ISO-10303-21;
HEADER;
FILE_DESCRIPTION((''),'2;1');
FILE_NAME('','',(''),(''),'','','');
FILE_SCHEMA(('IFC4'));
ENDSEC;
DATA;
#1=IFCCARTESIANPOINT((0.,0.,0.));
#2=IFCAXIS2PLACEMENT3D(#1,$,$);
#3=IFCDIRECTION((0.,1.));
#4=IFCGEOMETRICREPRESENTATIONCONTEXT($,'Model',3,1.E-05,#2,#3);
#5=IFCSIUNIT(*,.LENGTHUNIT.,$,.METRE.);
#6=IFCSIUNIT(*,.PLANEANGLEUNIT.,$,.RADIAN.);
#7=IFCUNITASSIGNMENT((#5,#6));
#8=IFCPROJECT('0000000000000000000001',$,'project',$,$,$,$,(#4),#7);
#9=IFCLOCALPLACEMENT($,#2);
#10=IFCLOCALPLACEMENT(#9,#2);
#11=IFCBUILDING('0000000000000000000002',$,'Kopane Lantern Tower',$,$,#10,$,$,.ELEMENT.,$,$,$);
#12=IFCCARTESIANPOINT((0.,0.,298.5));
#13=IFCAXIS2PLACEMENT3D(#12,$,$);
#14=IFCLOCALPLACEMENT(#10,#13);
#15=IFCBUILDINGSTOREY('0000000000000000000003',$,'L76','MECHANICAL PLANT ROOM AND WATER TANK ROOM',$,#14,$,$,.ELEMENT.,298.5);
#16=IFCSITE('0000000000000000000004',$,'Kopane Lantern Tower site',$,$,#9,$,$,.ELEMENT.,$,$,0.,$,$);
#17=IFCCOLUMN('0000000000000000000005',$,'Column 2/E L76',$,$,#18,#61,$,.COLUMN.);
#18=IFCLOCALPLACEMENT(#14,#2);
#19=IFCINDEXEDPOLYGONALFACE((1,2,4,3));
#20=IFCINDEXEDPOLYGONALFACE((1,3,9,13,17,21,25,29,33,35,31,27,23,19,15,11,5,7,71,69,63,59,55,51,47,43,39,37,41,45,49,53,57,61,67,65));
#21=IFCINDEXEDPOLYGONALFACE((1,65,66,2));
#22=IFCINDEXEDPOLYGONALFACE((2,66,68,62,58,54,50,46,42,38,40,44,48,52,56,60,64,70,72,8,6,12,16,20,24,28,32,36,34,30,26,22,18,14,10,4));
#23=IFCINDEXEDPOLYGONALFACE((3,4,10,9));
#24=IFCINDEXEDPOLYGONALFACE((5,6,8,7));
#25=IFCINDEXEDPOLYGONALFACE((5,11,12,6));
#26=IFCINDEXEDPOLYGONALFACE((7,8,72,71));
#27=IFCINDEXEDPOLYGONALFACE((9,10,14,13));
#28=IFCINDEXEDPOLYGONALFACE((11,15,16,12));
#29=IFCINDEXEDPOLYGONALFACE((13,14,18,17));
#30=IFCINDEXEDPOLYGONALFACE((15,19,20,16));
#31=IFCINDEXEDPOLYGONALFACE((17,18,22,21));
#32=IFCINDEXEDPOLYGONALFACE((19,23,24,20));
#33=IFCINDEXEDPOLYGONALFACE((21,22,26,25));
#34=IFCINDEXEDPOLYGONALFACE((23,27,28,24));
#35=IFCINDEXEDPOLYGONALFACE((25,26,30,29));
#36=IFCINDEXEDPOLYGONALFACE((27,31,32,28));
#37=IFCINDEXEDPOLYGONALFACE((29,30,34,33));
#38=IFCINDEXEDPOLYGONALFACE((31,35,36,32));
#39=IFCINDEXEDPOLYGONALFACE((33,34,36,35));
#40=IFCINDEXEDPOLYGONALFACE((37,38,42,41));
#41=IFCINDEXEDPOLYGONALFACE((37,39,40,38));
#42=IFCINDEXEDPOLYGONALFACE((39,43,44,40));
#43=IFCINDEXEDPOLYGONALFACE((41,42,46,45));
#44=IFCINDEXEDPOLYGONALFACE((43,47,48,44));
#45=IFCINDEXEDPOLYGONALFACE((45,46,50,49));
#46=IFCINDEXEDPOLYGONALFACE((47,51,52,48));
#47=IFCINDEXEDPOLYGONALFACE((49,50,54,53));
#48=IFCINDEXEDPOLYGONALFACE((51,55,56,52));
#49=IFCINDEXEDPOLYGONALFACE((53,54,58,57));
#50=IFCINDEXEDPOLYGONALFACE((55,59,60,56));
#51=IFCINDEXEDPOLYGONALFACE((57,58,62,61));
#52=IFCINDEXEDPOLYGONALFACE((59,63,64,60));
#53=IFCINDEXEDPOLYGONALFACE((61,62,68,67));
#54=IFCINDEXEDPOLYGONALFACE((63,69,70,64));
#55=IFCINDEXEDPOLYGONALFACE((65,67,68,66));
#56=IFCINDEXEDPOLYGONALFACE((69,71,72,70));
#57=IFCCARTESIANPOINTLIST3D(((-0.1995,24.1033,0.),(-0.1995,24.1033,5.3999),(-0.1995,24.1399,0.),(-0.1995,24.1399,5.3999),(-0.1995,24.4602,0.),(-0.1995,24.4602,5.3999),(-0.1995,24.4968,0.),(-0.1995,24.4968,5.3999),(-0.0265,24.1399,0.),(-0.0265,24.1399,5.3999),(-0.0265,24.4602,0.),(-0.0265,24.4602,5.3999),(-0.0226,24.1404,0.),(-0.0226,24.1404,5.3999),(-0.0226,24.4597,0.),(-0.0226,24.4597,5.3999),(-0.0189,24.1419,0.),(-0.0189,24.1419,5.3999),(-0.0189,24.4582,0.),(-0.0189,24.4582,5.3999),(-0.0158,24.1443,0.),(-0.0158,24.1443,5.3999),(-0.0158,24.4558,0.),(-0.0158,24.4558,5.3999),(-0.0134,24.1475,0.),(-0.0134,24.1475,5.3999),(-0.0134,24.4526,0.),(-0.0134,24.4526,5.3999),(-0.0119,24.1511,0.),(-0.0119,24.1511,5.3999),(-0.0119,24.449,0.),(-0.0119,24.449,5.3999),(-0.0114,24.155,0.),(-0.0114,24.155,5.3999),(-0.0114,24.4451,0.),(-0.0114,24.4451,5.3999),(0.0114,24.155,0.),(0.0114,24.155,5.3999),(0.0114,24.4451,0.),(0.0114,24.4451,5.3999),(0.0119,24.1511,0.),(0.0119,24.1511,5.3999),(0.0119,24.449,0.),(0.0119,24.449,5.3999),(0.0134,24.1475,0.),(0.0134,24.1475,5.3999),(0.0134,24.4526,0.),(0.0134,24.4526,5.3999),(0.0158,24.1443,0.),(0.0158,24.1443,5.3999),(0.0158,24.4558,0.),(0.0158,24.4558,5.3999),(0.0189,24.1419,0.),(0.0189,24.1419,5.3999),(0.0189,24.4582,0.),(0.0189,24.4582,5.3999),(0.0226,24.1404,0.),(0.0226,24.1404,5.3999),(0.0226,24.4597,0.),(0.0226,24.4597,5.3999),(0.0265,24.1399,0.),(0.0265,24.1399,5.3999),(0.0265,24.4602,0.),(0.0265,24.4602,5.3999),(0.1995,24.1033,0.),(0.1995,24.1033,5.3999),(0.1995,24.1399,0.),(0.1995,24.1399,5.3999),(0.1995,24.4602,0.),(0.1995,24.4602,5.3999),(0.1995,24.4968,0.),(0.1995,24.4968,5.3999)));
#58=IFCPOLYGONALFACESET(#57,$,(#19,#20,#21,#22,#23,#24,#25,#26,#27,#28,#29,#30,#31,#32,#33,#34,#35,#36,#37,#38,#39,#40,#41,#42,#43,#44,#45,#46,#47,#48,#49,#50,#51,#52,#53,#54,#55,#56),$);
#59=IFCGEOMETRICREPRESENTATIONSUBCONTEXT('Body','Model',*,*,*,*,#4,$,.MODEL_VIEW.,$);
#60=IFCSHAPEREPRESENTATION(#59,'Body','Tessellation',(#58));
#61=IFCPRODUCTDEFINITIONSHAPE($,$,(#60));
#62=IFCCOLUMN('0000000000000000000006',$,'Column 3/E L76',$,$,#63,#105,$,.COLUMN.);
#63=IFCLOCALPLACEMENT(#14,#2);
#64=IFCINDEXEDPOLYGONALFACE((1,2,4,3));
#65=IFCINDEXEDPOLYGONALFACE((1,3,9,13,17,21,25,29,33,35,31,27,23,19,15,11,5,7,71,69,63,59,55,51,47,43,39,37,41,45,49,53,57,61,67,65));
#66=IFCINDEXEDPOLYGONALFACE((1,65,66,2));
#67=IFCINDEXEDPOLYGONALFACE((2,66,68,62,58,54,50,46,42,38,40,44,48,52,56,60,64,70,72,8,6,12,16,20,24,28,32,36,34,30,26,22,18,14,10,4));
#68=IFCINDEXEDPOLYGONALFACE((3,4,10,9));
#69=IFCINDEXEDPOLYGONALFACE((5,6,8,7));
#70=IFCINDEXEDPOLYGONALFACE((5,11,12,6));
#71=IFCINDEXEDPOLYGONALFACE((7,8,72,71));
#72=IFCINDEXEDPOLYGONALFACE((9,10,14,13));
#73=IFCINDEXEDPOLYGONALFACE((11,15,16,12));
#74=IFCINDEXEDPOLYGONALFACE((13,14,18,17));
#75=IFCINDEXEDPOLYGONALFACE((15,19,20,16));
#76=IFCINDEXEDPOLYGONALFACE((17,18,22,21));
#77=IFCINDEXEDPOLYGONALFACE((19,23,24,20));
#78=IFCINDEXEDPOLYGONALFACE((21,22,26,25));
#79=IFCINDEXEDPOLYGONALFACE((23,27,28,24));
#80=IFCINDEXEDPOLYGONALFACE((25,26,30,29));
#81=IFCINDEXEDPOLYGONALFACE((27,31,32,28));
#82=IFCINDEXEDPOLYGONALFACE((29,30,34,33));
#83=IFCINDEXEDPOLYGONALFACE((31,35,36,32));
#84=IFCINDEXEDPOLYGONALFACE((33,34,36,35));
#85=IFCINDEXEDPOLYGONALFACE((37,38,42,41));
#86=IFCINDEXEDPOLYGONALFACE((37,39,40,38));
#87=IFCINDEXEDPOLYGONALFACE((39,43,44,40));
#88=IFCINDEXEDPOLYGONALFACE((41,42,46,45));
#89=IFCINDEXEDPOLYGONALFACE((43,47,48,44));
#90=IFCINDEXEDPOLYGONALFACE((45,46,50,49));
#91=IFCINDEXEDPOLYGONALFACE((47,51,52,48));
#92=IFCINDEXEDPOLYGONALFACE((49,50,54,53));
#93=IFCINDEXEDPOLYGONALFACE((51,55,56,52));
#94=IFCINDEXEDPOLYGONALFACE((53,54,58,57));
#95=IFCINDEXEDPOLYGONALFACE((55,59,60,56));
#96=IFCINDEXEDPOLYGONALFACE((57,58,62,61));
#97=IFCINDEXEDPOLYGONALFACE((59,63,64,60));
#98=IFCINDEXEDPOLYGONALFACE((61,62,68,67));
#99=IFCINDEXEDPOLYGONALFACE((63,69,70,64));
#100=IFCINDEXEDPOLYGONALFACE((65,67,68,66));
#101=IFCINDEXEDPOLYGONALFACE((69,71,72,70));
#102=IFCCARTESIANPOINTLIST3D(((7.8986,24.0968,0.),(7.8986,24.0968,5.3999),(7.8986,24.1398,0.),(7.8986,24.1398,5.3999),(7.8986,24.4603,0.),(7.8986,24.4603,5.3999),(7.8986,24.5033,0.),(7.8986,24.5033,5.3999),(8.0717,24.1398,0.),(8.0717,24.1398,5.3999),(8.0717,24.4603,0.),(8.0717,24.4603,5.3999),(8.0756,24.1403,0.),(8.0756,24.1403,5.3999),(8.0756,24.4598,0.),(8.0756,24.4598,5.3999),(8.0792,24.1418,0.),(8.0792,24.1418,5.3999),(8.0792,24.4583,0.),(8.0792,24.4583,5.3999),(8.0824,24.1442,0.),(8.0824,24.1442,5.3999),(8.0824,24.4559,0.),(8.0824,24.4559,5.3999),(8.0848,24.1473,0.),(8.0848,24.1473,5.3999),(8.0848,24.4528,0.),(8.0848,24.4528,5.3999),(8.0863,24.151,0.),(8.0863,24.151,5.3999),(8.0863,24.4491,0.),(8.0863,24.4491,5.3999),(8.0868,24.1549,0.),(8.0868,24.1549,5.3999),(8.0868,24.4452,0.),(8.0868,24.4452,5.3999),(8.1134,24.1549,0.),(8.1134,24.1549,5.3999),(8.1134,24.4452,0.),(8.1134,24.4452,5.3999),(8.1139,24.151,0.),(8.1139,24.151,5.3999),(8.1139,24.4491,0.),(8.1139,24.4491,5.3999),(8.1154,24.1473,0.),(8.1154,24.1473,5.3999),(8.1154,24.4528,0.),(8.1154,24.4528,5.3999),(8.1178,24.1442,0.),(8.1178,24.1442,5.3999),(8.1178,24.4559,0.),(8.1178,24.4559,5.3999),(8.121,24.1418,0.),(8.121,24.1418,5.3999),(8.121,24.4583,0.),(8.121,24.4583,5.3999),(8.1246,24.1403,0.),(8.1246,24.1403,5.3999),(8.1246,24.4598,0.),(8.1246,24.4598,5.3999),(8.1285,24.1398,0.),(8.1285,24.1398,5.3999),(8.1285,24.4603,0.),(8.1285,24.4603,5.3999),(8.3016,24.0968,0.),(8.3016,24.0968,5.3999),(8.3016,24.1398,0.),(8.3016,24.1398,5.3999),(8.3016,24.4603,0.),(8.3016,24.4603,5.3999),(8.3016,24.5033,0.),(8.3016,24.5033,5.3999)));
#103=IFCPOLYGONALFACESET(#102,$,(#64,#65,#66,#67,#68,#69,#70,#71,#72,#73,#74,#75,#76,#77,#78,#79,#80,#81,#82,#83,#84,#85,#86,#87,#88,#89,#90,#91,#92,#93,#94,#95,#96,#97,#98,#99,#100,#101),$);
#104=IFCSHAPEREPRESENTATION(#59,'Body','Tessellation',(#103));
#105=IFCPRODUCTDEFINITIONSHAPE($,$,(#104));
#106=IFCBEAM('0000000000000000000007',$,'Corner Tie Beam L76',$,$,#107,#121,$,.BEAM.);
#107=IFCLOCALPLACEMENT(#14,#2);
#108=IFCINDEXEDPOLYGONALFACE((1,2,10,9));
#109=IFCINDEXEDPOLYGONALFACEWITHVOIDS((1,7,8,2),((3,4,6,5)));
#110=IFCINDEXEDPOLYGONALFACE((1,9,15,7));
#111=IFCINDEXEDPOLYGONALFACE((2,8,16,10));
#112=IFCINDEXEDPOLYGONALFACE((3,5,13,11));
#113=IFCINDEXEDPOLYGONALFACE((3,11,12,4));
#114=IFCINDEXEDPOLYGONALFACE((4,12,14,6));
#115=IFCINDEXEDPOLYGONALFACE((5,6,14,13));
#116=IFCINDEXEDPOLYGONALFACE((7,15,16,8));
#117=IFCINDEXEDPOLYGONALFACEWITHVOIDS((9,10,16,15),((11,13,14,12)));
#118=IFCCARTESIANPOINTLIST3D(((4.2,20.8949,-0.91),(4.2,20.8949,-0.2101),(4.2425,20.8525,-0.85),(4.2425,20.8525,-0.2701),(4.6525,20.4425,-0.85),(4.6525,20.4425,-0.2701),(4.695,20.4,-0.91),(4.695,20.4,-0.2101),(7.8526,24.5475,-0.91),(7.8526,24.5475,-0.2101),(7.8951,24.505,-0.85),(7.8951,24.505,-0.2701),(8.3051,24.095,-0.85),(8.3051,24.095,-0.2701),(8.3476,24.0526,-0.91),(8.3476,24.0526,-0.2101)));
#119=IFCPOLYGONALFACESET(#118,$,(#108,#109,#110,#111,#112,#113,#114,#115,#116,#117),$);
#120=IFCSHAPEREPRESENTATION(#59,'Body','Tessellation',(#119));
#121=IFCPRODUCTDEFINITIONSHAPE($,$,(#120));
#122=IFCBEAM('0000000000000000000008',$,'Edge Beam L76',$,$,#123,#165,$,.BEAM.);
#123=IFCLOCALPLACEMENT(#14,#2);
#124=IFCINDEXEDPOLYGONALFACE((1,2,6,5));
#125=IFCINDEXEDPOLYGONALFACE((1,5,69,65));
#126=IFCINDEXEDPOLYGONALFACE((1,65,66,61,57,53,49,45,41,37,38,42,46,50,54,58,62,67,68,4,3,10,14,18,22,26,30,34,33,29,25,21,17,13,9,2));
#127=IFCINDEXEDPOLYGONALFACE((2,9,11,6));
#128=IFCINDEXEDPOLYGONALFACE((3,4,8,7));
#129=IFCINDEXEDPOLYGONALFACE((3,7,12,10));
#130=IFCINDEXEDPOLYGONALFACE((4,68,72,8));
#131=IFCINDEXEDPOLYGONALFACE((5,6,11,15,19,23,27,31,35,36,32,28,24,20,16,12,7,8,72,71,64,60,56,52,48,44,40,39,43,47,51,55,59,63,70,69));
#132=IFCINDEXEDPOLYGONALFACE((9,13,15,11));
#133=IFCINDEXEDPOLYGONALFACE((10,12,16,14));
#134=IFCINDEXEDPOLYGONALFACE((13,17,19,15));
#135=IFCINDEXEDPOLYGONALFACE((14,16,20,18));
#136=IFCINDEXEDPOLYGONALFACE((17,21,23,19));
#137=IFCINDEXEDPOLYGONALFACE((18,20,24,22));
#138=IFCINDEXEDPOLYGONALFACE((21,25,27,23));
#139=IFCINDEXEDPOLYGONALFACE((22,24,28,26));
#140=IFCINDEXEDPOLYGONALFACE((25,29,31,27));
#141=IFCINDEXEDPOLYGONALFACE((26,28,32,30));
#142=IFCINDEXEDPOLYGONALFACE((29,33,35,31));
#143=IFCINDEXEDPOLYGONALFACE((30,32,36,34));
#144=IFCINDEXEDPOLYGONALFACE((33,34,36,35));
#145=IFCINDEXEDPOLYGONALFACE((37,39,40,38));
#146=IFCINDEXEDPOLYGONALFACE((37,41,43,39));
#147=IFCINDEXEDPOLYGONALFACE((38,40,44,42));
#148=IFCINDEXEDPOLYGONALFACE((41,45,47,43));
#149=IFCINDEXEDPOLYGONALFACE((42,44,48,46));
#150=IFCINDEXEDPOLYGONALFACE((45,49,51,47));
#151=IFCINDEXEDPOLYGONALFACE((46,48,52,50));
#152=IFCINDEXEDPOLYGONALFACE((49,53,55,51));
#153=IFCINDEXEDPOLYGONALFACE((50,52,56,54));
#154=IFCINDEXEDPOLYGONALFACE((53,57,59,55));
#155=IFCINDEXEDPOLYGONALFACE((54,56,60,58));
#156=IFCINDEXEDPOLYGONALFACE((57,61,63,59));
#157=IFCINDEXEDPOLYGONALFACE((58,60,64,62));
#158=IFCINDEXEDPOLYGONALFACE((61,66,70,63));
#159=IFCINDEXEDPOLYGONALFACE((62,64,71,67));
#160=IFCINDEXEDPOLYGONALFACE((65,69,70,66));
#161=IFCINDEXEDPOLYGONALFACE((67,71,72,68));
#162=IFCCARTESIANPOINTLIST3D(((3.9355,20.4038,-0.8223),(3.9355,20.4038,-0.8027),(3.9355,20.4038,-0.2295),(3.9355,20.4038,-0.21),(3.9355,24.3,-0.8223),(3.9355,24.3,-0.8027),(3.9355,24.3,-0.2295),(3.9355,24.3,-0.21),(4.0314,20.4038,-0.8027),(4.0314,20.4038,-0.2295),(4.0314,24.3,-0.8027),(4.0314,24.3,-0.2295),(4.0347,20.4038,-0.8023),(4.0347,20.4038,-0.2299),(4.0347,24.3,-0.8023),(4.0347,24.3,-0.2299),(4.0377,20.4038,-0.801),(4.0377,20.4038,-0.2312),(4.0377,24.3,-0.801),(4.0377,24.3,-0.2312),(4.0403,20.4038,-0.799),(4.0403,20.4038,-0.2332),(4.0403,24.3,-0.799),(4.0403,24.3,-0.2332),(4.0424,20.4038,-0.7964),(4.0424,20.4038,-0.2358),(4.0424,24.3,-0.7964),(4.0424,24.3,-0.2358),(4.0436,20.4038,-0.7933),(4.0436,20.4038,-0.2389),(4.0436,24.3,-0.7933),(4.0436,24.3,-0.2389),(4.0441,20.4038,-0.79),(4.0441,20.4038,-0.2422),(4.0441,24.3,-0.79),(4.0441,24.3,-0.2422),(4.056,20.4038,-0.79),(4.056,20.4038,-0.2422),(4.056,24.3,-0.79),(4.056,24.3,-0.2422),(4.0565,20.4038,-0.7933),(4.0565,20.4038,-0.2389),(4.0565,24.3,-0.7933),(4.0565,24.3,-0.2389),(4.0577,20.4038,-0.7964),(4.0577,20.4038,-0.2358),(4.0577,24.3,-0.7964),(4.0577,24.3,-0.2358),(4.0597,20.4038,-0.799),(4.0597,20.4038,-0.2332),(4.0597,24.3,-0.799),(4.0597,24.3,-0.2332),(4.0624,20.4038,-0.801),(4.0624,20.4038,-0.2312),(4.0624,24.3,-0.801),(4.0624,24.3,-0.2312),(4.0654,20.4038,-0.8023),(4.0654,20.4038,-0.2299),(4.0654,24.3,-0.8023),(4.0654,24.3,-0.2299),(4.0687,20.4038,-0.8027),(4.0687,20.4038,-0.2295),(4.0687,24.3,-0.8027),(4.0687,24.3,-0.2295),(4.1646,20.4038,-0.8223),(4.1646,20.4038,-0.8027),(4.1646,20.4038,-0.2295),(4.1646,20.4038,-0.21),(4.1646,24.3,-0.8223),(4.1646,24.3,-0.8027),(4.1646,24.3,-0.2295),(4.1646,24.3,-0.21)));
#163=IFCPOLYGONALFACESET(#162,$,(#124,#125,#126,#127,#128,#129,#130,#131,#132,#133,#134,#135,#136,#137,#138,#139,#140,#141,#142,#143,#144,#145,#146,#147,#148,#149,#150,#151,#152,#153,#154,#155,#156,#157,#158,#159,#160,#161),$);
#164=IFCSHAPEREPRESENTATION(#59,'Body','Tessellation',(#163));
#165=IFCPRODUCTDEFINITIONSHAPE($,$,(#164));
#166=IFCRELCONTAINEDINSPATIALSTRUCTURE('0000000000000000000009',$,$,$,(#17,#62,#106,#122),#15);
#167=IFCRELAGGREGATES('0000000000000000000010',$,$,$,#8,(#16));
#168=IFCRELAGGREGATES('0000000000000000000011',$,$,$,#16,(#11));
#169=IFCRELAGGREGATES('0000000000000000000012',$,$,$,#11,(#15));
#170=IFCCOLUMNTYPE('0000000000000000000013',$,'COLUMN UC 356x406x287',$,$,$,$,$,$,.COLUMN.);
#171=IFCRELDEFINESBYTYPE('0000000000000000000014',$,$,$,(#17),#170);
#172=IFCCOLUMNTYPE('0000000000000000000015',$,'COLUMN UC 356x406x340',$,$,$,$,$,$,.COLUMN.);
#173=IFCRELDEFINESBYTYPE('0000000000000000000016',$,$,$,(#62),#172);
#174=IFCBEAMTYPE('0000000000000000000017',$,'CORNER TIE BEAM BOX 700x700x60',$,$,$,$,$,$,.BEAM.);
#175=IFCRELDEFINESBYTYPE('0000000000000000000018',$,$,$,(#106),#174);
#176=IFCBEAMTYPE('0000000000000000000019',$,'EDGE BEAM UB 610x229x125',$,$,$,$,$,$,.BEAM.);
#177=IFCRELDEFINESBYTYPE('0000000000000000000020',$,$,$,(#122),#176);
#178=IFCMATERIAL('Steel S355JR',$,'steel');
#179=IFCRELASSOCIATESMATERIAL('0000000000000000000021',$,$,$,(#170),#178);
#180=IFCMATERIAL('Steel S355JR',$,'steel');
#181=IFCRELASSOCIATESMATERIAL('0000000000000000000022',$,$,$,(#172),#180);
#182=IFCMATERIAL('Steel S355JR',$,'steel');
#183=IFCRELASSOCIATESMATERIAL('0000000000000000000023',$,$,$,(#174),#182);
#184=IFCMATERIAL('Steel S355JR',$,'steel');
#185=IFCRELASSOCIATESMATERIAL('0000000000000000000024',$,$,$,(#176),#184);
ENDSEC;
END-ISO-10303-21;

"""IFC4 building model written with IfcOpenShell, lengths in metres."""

from ifc_helpers import new_model, si_unit, direction, frame, origin, origin_2d, place, context, subcontext, project, spatial, hollow_rectangle, i_section, extrude, material, material_profile, profile_set, type_object, element, save


model = new_model("IFC4")

# Units and contexts
model_context = context("Model", 3, precision=1e-05, world=origin(), true_north=direction((0.0, 1.0)))
body_context = subcontext(model_context, "Body", "Model", "MODEL_VIEW")
ifc_project = project(units=[si_unit("LENGTHUNIT", "METRE"), si_unit("PLANEANGLEUNIT", "RADIAN")], contexts=[model_context])

# Site, building, storey
site_placement = place(None, origin())
site = spatial("IfcSite", under=ifc_project, at=site_placement, Name="Kopane Lantern Tower site", CompositionType="ELEMENT", RefElevation=0.0)
building_placement = place(site_placement, origin())
building = spatial("IfcBuilding", under=site, at=building_placement, Name="Kopane Lantern Tower", CompositionType="ELEMENT")
storey_placement = place(building_placement, frame((0.0, 0.0, 298.5)))
storey = spatial("IfcBuildingStorey", under=building, at=storey_placement, Name="L76", Description="MECHANICAL PLANT ROOM AND WATER TANK ROOM", CompositionType="ELEMENT", Elevation=298.5)

# Columns
ifc_material_1 = material(Name="Steel S355JR", Category="steel")
ifc_material_profile_1 = material_profile(ifc_material_1, i_section(OverallWidth=0.3989, OverallDepth=0.3936, WebThickness=0.0227, FlangeThickness=0.0366, FilletRadius=0.0151, at=origin_2d()), Name="UC 356x406x287")
ifc_profile_set_1 = profile_set([ifc_material_profile_1], Name="Steel S355JR")
column_type_1 = type_object("IfcColumnType", Name="COLUMN UC 356x406x287", PredefinedType="COLUMN", material=ifc_profile_set_1)
column_1_placement = place(storey_placement, frame((0.0, 24.3, 0.0), z_axis=(0.0, 0.0, 1.0), x_axis=(1.0, 0.0, 0.0)))
element("IfcColumn", 1, at=column_1_placement, inside=storey, type_object=column_type_1, Name="Column 2/E L76", PredefinedType="COLUMN", context=body_context, shape_type="SweptSolid", body=[
    extrude(i_section(OverallWidth=0.3989, OverallDepth=0.3936, WebThickness=0.0227, FlangeThickness=0.0366, FilletRadius=0.0151, at=origin_2d()), origin(), (0.0, 0.0, 1.0), 5.3999),
])
ifc_material_2 = material(Name="Steel S355JR", Category="steel")
ifc_material_profile_2 = material_profile(ifc_material_2, i_section(OverallWidth=0.4031, OverallDepth=0.4065, WebThickness=0.0266, FlangeThickness=0.043, FilletRadius=0.0151, at=origin_2d()), Name="UC 356x406x340")
ifc_profile_set_2 = profile_set([ifc_material_profile_2], Name="Steel S355JR")
column_type_2 = type_object("IfcColumnType", Name="COLUMN UC 356x406x340", PredefinedType="COLUMN", material=ifc_profile_set_2)
column_2_placement = place(storey_placement, frame((8.1001, 24.3, 0.0), z_axis=(0.0, 0.0, 1.0), x_axis=(1.0, 0.0, 0.0)))
element("IfcColumn", 2, at=column_2_placement, inside=storey, type_object=column_type_2, Name="Column 3/E L76", PredefinedType="COLUMN", context=body_context, shape_type="SweptSolid", body=[
    extrude(i_section(OverallWidth=0.4031, OverallDepth=0.4065, WebThickness=0.0266, FlangeThickness=0.043, FilletRadius=0.0151, at=origin_2d()), origin(), (0.0, 0.0, 1.0), 5.3999),
])

# Beams
ifc_material_3 = material(Name="Steel S355JR", Category="steel")
ifc_material_profile_3 = material_profile(ifc_material_3, hollow_rectangle(XDim=0.7, YDim=0.7, WallThickness=0.0601, at=origin_2d()), Name="BOX 700x700x60")
ifc_profile_set_3 = profile_set([ifc_material_profile_3], Name="Steel S355JR")
beam_type_1 = type_object("IfcBeamType", Name="CORNER TIE BEAM BOX 700x700x60", PredefinedType="BEAM", material=ifc_profile_set_3)
beam_1_placement = place(storey_placement, frame((4.4475, 20.6475, -0.5601), z_axis=(0.707107, 0.707107, 0.0), x_axis=(-0.707107, 0.707107, 0.0)))
element("IfcBeam", 3, at=beam_1_placement, inside=storey, type_object=beam_type_1, Name="Corner Tie Beam L76", PredefinedType="BEAM", context=body_context, shape_type="SweptSolid", body=[
    extrude(hollow_rectangle(XDim=0.7, YDim=0.7, WallThickness=0.0601, at=origin_2d()), origin(), (0.0, 0.0, 1.0), 5.1655),
])
ifc_material_4 = material(Name="Steel S355JR", Category="steel")
ifc_material_profile_4 = material_profile(ifc_material_4, i_section(OverallWidth=0.229, OverallDepth=0.6123, WebThickness=0.012, FlangeThickness=0.0195, FilletRadius=0.0127, at=origin_2d()), Name="UB 610x229x125")
ifc_profile_set_4 = profile_set([ifc_material_profile_4], Name="Steel S355JR")
beam_type_2 = type_object("IfcBeamType", Name="EDGE BEAM UB 610x229x125", PredefinedType="BEAM", material=ifc_profile_set_4)
beam_2_placement = place(storey_placement, frame((4.05, 20.4038, -0.5161), z_axis=(0.0, 1.0, 0.0), x_axis=(-1.0, 0.0, 0.0)))
element("IfcBeam", 4, at=beam_2_placement, inside=storey, type_object=beam_type_2, Name="Edge Beam L76", PredefinedType="BEAM", context=body_context, shape_type="SweptSolid", body=[
    extrude(i_section(OverallWidth=0.229, OverallDepth=0.6123, WebThickness=0.012, FlangeThickness=0.0195, FilletRadius=0.0127, at=origin_2d()), origin(), (0.0, 0.0, 1.0), 3.8962),
])

save(model, "model.ifc")
